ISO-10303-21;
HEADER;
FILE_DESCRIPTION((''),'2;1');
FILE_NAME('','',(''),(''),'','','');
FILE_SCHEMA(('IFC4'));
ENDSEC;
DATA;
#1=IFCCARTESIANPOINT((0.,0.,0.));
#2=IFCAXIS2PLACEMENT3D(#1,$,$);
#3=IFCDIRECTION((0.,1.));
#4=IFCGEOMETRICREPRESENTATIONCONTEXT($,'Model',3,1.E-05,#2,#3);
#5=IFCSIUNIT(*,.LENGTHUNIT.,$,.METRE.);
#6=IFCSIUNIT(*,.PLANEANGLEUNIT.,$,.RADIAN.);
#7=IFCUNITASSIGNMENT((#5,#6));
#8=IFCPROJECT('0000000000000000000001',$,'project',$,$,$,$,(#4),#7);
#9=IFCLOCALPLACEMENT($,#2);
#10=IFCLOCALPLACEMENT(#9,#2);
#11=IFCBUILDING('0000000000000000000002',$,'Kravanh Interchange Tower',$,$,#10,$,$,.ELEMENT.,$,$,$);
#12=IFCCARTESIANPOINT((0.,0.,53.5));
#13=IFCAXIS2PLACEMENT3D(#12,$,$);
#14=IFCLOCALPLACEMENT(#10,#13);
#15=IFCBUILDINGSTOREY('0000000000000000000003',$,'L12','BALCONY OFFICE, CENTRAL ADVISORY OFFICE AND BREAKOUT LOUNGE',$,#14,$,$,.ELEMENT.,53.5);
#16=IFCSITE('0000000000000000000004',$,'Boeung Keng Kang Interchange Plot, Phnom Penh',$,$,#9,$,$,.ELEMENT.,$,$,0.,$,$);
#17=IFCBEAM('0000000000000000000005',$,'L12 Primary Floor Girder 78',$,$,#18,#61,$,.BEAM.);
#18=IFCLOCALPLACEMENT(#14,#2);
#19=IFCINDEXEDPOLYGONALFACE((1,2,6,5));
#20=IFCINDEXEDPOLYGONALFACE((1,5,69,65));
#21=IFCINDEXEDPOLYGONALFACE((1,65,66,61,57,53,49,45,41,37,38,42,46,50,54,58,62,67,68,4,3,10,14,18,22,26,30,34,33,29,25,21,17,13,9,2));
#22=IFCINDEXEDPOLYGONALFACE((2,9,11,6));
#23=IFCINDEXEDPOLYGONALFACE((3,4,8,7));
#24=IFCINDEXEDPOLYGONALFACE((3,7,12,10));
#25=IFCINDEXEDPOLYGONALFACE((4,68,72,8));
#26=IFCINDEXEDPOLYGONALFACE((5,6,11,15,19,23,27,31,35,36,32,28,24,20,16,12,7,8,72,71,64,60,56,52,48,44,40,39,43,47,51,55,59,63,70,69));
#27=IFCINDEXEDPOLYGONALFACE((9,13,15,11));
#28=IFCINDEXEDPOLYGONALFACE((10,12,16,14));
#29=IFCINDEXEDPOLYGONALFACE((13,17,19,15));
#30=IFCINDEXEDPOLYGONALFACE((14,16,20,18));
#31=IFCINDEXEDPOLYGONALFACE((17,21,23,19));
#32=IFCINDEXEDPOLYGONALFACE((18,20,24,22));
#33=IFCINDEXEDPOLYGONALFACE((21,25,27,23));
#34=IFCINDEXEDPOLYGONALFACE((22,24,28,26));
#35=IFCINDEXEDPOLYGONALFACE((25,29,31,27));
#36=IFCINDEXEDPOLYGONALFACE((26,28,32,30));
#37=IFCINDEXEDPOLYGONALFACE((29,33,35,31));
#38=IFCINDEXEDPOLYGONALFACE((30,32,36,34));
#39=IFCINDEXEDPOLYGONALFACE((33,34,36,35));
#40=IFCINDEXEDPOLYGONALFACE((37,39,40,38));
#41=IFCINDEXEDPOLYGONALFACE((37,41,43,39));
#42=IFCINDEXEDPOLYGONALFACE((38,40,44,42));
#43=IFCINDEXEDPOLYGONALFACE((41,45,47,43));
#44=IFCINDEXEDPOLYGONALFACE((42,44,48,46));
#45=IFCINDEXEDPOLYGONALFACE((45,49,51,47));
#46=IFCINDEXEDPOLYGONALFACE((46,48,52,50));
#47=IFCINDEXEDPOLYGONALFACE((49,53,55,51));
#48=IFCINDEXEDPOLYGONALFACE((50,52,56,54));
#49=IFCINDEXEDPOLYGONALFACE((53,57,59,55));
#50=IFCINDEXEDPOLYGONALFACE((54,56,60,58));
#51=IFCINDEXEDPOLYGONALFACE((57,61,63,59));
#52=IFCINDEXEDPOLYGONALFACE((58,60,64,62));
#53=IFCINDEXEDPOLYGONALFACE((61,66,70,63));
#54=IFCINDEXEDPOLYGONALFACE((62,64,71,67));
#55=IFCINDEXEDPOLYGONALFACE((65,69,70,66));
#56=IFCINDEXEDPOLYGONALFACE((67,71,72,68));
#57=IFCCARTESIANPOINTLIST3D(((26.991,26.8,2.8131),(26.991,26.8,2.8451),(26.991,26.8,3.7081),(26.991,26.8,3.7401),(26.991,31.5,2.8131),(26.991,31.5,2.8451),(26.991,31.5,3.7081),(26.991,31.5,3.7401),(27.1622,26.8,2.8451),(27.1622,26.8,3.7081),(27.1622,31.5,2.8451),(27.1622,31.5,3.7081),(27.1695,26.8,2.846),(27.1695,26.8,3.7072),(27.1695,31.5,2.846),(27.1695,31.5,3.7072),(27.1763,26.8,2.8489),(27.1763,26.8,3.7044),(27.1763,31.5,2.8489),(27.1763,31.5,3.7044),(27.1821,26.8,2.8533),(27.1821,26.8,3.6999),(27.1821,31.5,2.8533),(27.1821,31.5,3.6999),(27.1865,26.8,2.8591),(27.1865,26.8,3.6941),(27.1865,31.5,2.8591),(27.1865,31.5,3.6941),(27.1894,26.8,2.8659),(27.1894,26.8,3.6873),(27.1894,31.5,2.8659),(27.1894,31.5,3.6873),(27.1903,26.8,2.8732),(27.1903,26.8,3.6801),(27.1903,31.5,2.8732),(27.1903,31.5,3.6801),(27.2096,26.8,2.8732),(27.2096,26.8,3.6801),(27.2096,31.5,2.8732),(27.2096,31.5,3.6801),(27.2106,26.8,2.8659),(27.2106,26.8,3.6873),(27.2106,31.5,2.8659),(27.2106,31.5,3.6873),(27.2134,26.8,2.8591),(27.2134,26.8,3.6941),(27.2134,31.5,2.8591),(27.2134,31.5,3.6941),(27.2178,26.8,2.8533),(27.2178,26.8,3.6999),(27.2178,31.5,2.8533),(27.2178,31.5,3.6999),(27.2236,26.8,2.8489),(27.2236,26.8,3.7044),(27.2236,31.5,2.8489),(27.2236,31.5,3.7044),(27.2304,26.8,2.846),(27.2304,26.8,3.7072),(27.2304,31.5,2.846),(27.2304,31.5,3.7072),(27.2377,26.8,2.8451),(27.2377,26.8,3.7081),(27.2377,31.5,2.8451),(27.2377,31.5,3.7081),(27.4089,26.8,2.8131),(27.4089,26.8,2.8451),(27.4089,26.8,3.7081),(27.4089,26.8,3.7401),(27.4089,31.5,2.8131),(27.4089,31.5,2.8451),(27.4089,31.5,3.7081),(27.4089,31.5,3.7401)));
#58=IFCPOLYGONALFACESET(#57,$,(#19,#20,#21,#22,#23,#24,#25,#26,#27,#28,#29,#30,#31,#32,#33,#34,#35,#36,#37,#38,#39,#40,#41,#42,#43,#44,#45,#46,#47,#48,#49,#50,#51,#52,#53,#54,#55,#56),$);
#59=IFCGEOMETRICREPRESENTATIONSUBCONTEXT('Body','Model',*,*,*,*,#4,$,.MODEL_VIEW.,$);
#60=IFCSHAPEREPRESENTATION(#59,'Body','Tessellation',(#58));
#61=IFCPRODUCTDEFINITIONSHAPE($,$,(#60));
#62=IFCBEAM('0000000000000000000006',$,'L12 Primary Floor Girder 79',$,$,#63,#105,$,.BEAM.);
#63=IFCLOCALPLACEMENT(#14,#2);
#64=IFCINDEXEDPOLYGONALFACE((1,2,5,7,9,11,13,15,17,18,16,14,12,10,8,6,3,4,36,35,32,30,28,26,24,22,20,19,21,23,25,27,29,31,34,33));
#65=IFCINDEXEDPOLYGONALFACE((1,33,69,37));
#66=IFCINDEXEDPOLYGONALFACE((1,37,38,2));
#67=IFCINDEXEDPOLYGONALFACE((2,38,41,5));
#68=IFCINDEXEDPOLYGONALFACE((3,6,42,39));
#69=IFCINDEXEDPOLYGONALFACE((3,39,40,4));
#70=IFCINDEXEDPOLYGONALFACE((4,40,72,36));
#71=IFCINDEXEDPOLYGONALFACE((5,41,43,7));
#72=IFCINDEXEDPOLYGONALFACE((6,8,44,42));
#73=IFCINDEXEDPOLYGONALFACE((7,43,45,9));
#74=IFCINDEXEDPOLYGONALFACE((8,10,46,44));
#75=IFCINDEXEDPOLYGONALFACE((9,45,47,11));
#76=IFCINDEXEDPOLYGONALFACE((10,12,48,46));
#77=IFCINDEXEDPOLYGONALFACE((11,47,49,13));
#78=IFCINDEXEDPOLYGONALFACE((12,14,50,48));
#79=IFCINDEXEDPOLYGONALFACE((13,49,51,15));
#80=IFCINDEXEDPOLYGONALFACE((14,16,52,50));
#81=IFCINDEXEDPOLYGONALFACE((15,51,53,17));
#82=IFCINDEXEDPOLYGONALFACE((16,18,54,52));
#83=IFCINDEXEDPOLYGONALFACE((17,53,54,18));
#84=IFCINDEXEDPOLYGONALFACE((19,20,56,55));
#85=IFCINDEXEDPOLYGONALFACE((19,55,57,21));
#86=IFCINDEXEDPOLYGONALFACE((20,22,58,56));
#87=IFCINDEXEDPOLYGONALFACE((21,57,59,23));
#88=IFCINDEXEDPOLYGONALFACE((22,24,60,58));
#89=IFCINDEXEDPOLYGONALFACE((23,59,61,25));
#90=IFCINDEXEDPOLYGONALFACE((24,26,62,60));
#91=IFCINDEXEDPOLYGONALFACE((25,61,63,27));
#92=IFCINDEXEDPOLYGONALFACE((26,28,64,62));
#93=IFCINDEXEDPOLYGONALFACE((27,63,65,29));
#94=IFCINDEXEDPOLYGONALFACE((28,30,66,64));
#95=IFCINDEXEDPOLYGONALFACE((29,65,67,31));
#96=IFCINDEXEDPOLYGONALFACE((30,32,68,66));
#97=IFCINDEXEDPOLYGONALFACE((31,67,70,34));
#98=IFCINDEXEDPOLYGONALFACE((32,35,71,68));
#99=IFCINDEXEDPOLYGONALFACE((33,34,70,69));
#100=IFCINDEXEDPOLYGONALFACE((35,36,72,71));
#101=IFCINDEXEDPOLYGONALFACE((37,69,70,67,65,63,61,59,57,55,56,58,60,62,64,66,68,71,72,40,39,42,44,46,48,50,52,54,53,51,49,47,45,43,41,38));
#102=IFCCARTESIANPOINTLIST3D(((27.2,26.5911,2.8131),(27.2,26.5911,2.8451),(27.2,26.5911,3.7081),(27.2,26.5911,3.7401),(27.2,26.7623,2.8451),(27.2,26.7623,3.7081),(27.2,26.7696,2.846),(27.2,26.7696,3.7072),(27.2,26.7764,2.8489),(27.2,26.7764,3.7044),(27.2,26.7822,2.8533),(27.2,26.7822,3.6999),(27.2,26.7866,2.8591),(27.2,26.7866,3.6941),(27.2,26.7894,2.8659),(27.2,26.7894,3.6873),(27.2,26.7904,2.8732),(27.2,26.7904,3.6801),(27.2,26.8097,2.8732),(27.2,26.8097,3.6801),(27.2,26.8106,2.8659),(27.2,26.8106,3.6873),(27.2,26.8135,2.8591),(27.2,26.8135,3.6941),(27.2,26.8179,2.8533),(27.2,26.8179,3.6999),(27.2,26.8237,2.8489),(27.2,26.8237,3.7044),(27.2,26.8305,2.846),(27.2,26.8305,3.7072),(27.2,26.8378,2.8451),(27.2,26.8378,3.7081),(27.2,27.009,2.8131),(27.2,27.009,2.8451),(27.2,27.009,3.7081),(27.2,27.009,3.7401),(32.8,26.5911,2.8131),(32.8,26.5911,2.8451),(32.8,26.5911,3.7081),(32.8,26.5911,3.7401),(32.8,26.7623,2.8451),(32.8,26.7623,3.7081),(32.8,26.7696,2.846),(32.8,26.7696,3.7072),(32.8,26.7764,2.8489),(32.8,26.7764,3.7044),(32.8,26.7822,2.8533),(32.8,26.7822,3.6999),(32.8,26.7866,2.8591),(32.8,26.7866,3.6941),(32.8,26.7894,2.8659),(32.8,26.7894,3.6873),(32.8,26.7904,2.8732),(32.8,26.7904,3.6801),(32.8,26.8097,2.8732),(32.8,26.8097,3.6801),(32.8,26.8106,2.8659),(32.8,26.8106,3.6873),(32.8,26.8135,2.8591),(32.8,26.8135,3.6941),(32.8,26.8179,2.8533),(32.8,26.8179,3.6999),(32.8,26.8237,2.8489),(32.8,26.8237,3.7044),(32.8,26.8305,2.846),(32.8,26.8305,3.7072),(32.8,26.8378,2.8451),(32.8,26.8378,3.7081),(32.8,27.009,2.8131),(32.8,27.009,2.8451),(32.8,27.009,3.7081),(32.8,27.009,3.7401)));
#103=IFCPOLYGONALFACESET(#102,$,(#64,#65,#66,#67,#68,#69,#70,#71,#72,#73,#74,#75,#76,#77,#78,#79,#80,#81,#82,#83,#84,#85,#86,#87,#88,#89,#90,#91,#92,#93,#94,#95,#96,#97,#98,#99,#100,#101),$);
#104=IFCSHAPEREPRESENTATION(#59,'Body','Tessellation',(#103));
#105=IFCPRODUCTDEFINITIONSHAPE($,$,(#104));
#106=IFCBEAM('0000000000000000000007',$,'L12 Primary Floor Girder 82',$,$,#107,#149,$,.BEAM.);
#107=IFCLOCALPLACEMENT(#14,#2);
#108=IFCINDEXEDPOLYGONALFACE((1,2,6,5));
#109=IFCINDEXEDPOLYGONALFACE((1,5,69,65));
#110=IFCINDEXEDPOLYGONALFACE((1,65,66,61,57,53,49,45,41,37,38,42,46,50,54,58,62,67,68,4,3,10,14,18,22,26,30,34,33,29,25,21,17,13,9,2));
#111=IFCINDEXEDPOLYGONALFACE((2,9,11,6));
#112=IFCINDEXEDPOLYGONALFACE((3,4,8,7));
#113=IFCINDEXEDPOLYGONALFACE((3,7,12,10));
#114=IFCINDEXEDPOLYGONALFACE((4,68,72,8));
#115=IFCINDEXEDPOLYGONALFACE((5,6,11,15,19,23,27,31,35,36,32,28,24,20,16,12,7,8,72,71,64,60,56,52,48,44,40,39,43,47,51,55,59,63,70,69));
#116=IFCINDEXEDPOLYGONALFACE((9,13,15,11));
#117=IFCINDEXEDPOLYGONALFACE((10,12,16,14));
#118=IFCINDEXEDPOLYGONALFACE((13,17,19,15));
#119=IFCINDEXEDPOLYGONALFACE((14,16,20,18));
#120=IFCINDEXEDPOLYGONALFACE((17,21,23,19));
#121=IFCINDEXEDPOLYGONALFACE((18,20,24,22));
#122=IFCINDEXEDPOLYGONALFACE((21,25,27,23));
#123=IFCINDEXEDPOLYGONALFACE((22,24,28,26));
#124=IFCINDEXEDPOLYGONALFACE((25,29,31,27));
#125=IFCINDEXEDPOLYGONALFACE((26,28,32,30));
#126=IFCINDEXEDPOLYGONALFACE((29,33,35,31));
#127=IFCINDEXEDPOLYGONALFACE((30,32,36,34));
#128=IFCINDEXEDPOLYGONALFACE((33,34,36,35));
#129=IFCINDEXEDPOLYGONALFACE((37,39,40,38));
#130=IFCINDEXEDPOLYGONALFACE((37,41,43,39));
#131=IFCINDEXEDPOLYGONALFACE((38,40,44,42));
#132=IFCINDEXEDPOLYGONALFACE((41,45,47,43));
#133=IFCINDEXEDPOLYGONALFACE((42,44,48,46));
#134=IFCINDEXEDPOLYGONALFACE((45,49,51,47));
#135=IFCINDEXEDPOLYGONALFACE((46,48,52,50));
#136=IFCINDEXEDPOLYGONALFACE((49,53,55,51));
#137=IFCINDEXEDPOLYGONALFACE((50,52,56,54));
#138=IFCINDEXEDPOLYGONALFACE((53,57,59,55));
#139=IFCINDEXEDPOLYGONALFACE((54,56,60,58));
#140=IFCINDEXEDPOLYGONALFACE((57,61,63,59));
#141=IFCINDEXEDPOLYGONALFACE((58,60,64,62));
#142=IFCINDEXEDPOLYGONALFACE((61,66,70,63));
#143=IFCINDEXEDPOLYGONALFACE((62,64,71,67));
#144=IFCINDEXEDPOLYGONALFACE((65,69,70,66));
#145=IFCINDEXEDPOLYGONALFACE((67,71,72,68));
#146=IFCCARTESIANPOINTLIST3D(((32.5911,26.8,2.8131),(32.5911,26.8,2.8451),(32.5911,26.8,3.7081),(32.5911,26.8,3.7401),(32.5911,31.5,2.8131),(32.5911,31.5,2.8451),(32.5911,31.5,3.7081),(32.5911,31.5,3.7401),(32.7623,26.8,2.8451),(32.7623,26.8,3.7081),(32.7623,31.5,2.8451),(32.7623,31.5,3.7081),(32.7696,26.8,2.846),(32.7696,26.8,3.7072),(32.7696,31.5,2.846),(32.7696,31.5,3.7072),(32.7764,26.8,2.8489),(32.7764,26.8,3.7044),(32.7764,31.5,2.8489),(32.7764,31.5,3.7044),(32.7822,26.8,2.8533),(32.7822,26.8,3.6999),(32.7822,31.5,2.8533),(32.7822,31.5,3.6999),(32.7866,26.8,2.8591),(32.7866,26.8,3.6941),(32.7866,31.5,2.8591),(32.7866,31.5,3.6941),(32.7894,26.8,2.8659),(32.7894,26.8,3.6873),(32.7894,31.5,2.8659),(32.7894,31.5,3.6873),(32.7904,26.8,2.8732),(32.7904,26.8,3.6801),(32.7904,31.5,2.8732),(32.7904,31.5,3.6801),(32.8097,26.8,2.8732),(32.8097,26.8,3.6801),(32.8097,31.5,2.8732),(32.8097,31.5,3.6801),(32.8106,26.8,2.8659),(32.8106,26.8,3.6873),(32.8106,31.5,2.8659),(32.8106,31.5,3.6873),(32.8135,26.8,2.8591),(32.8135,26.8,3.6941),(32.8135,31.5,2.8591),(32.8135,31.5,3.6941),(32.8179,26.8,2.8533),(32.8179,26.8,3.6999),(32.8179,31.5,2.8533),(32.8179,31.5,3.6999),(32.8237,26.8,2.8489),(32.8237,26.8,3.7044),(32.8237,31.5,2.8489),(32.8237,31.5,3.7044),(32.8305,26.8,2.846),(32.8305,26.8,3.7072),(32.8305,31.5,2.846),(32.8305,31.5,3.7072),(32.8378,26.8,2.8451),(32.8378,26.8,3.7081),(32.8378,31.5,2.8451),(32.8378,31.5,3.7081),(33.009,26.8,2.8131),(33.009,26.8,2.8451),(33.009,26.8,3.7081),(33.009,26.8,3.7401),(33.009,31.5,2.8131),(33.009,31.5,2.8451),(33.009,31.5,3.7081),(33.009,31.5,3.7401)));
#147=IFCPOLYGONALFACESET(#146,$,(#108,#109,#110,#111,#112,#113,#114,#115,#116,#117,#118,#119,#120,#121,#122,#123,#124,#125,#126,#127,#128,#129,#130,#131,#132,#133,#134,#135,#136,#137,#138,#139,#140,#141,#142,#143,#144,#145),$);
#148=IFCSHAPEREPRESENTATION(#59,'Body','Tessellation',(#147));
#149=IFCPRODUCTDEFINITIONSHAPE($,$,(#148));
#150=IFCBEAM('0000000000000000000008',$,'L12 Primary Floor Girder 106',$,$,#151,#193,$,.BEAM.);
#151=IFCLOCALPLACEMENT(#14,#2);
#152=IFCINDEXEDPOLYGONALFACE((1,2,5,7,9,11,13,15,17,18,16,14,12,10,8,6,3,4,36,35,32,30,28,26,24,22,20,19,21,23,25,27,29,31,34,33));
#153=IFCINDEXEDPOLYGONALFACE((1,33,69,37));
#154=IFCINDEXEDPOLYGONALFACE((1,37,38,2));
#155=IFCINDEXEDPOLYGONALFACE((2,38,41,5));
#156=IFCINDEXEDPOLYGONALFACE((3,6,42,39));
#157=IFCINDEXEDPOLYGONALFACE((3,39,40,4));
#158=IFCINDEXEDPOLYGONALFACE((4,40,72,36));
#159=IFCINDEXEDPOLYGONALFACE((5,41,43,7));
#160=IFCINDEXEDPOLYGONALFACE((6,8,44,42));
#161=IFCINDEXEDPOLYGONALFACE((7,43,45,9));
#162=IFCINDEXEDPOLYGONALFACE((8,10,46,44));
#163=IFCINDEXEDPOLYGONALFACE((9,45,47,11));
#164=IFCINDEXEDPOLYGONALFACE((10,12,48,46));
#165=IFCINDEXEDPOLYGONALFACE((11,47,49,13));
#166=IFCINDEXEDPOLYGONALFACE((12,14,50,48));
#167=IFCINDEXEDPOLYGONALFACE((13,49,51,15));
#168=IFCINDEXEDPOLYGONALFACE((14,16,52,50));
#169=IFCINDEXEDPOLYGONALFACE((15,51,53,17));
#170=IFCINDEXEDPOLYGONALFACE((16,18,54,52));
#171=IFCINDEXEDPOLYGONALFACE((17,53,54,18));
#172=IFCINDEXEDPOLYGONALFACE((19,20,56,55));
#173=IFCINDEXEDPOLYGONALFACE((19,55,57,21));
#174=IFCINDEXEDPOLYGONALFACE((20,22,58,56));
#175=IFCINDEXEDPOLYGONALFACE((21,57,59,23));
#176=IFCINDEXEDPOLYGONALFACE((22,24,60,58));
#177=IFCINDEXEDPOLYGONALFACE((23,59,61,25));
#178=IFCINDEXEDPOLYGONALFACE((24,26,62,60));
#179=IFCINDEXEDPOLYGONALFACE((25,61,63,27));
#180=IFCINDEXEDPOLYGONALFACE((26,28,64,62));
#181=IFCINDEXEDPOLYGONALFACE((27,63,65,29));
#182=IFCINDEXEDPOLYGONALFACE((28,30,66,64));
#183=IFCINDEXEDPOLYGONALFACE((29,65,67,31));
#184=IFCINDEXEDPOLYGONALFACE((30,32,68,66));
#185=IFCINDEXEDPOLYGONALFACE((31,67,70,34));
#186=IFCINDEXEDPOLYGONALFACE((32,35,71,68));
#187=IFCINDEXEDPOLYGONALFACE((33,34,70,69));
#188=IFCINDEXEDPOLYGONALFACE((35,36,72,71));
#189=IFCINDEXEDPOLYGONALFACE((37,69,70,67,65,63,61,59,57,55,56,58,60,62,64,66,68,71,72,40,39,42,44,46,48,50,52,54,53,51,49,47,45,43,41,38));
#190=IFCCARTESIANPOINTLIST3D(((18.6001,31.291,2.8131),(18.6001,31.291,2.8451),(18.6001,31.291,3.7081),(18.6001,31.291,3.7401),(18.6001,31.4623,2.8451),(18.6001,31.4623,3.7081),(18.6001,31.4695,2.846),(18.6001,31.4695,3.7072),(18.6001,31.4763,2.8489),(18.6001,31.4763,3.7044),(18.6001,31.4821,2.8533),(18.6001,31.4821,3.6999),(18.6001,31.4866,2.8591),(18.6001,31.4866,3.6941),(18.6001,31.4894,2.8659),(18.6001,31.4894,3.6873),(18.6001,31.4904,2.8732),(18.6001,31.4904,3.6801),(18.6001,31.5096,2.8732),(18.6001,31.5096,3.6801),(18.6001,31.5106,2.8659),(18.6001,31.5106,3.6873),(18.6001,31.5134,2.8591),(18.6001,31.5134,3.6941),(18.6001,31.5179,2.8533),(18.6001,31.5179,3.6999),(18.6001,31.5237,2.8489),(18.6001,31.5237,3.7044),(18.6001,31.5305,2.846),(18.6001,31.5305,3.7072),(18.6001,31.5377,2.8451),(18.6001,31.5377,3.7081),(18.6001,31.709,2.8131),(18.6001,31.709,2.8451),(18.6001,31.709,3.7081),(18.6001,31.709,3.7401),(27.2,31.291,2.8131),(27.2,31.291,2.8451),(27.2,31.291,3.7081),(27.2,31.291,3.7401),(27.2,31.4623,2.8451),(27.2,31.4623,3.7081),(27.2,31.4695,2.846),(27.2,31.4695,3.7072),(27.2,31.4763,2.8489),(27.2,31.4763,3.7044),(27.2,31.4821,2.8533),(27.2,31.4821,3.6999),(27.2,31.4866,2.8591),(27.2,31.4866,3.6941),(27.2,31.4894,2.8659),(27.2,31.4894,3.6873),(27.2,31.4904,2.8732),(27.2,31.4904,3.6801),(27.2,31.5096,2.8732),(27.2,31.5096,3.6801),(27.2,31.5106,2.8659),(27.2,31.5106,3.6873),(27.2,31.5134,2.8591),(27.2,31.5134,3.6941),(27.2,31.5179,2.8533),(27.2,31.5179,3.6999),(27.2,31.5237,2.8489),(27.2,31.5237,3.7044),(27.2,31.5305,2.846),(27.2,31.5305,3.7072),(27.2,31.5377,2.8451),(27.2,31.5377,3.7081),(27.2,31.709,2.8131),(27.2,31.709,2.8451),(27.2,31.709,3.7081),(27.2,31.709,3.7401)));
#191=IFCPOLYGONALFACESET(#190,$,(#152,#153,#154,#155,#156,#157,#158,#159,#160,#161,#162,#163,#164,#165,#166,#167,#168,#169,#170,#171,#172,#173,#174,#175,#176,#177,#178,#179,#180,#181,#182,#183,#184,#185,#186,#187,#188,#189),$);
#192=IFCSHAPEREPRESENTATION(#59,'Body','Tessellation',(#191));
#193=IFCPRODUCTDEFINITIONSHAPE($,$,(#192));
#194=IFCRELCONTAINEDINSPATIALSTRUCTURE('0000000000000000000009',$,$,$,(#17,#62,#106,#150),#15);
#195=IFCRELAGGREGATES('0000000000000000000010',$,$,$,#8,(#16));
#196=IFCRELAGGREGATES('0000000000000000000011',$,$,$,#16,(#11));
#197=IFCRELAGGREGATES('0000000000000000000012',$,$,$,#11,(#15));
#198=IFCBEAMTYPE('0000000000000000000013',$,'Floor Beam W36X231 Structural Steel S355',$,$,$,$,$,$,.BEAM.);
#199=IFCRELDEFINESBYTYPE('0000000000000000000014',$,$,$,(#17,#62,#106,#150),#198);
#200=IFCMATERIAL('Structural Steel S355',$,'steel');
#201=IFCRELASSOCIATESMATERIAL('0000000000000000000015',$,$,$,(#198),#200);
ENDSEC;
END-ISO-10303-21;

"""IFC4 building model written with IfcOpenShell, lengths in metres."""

from ifc_helpers import new_model, si_unit, direction, frame, origin, origin_2d, place, context, subcontext, project, spatial, i_section, extrude, material, material_profile, profile_set, type_object, element, save


model = new_model("IFC4")

# Units and contexts
model_context = context("Model", 3, precision=1e-05, world=origin(), true_north=direction((0.0, 1.0)))
body_context = subcontext(model_context, "Body", "Model", "MODEL_VIEW")
ifc_project = project(units=[si_unit("LENGTHUNIT", "METRE"), si_unit("PLANEANGLEUNIT", "RADIAN")], contexts=[model_context])

# Site, building, storey
site_placement = place(None, origin())
site = spatial("IfcSite", under=ifc_project, at=site_placement, Name="Boeung Keng Kang Interchange Plot, Phnom Penh", CompositionType="ELEMENT", RefElevation=0.0)
building_placement = place(site_placement, origin())
building = spatial("IfcBuilding", under=site, at=building_placement, Name="Kravanh Interchange Tower", CompositionType="ELEMENT")
storey_placement = place(building_placement, frame((0.0, 0.0, 53.5)))
storey = spatial("IfcBuildingStorey", under=building, at=storey_placement, Name="L12", Description="BALCONY OFFICE, CENTRAL ADVISORY OFFICE AND BREAKOUT LOUNGE", CompositionType="ELEMENT", Elevation=53.5)

# Beams
ifc_material_1 = material(Name="Structural Steel S355", Category="steel")
ifc_material_profile_1 = material_profile(ifc_material_1, i_section(OverallWidth=0.418, OverallDepth=0.927, WebThickness=0.0193, FlangeThickness=0.032, FilletRadius=0.0281, at=origin_2d()), Name="W36X231")
ifc_profile_set_1 = profile_set([ifc_material_profile_1], Name="Structural Steel S355")
beam_type_1 = type_object("IfcBeamType", Name="Floor Beam W36X231 Structural Steel S355", PredefinedType="BEAM", material=ifc_profile_set_1)
beam_1_placement = place(storey_placement, frame((27.2, 26.8, 3.2766), z_axis=(0.0, 1.0, 0.0), x_axis=(-1.0, 0.0, 0.0)))
element("IfcBeam", 1, at=beam_1_placement, inside=storey, type_object=beam_type_1, Name="L12 Primary Floor Girder 78", PredefinedType="BEAM", context=body_context, shape_type="SweptSolid", body=[
    extrude(i_section(OverallWidth=0.418, OverallDepth=0.927, WebThickness=0.0193, FlangeThickness=0.032, FilletRadius=0.0281, at=origin_2d()), origin(), (0.0, 0.0, 1.0), 4.7),
])
beam_2_placement = place(storey_placement, frame((27.2, 26.8, 3.2766), z_axis=(1.0, 0.0, 0.0), x_axis=(0.0, 1.0, 0.0)))
element("IfcBeam", 2, at=beam_2_placement, inside=storey, type_object=beam_type_1, Name="L12 Primary Floor Girder 79", PredefinedType="BEAM", context=body_context, shape_type="SweptSolid", body=[
    extrude(i_section(OverallWidth=0.418, OverallDepth=0.927, WebThickness=0.0193, FlangeThickness=0.032, FilletRadius=0.0281, at=origin_2d()), origin(), (0.0, 0.0, 1.0), 5.6001),
])
beam_3_placement = place(storey_placement, frame((32.8, 26.8, 3.2766), z_axis=(0.0, 1.0, 0.0), x_axis=(-1.0, 0.0, 0.0)))
element("IfcBeam", 3, at=beam_3_placement, inside=storey, type_object=beam_type_1, Name="L12 Primary Floor Girder 82", PredefinedType="BEAM", context=body_context, shape_type="SweptSolid", body=[
    extrude(i_section(OverallWidth=0.418, OverallDepth=0.927, WebThickness=0.0193, FlangeThickness=0.032, FilletRadius=0.0281, at=origin_2d()), origin(), (0.0, 0.0, 1.0), 4.7),
])
beam_4_placement = place(storey_placement, frame((18.6001, 31.5, 3.2766), z_axis=(1.0, 0.0, 0.0), x_axis=(0.0, 1.0, 0.0)))
element("IfcBeam", 4, at=beam_4_placement, inside=storey, type_object=beam_type_1, Name="L12 Primary Floor Girder 106", PredefinedType="BEAM", context=body_context, shape_type="SweptSolid", body=[
    extrude(i_section(OverallWidth=0.418, OverallDepth=0.927, WebThickness=0.0193, FlangeThickness=0.032, FilletRadius=0.0281, at=origin_2d()), origin(), (0.0, 0.0, 1.0), 8.5999),
])

save(model, "model.ifc")
